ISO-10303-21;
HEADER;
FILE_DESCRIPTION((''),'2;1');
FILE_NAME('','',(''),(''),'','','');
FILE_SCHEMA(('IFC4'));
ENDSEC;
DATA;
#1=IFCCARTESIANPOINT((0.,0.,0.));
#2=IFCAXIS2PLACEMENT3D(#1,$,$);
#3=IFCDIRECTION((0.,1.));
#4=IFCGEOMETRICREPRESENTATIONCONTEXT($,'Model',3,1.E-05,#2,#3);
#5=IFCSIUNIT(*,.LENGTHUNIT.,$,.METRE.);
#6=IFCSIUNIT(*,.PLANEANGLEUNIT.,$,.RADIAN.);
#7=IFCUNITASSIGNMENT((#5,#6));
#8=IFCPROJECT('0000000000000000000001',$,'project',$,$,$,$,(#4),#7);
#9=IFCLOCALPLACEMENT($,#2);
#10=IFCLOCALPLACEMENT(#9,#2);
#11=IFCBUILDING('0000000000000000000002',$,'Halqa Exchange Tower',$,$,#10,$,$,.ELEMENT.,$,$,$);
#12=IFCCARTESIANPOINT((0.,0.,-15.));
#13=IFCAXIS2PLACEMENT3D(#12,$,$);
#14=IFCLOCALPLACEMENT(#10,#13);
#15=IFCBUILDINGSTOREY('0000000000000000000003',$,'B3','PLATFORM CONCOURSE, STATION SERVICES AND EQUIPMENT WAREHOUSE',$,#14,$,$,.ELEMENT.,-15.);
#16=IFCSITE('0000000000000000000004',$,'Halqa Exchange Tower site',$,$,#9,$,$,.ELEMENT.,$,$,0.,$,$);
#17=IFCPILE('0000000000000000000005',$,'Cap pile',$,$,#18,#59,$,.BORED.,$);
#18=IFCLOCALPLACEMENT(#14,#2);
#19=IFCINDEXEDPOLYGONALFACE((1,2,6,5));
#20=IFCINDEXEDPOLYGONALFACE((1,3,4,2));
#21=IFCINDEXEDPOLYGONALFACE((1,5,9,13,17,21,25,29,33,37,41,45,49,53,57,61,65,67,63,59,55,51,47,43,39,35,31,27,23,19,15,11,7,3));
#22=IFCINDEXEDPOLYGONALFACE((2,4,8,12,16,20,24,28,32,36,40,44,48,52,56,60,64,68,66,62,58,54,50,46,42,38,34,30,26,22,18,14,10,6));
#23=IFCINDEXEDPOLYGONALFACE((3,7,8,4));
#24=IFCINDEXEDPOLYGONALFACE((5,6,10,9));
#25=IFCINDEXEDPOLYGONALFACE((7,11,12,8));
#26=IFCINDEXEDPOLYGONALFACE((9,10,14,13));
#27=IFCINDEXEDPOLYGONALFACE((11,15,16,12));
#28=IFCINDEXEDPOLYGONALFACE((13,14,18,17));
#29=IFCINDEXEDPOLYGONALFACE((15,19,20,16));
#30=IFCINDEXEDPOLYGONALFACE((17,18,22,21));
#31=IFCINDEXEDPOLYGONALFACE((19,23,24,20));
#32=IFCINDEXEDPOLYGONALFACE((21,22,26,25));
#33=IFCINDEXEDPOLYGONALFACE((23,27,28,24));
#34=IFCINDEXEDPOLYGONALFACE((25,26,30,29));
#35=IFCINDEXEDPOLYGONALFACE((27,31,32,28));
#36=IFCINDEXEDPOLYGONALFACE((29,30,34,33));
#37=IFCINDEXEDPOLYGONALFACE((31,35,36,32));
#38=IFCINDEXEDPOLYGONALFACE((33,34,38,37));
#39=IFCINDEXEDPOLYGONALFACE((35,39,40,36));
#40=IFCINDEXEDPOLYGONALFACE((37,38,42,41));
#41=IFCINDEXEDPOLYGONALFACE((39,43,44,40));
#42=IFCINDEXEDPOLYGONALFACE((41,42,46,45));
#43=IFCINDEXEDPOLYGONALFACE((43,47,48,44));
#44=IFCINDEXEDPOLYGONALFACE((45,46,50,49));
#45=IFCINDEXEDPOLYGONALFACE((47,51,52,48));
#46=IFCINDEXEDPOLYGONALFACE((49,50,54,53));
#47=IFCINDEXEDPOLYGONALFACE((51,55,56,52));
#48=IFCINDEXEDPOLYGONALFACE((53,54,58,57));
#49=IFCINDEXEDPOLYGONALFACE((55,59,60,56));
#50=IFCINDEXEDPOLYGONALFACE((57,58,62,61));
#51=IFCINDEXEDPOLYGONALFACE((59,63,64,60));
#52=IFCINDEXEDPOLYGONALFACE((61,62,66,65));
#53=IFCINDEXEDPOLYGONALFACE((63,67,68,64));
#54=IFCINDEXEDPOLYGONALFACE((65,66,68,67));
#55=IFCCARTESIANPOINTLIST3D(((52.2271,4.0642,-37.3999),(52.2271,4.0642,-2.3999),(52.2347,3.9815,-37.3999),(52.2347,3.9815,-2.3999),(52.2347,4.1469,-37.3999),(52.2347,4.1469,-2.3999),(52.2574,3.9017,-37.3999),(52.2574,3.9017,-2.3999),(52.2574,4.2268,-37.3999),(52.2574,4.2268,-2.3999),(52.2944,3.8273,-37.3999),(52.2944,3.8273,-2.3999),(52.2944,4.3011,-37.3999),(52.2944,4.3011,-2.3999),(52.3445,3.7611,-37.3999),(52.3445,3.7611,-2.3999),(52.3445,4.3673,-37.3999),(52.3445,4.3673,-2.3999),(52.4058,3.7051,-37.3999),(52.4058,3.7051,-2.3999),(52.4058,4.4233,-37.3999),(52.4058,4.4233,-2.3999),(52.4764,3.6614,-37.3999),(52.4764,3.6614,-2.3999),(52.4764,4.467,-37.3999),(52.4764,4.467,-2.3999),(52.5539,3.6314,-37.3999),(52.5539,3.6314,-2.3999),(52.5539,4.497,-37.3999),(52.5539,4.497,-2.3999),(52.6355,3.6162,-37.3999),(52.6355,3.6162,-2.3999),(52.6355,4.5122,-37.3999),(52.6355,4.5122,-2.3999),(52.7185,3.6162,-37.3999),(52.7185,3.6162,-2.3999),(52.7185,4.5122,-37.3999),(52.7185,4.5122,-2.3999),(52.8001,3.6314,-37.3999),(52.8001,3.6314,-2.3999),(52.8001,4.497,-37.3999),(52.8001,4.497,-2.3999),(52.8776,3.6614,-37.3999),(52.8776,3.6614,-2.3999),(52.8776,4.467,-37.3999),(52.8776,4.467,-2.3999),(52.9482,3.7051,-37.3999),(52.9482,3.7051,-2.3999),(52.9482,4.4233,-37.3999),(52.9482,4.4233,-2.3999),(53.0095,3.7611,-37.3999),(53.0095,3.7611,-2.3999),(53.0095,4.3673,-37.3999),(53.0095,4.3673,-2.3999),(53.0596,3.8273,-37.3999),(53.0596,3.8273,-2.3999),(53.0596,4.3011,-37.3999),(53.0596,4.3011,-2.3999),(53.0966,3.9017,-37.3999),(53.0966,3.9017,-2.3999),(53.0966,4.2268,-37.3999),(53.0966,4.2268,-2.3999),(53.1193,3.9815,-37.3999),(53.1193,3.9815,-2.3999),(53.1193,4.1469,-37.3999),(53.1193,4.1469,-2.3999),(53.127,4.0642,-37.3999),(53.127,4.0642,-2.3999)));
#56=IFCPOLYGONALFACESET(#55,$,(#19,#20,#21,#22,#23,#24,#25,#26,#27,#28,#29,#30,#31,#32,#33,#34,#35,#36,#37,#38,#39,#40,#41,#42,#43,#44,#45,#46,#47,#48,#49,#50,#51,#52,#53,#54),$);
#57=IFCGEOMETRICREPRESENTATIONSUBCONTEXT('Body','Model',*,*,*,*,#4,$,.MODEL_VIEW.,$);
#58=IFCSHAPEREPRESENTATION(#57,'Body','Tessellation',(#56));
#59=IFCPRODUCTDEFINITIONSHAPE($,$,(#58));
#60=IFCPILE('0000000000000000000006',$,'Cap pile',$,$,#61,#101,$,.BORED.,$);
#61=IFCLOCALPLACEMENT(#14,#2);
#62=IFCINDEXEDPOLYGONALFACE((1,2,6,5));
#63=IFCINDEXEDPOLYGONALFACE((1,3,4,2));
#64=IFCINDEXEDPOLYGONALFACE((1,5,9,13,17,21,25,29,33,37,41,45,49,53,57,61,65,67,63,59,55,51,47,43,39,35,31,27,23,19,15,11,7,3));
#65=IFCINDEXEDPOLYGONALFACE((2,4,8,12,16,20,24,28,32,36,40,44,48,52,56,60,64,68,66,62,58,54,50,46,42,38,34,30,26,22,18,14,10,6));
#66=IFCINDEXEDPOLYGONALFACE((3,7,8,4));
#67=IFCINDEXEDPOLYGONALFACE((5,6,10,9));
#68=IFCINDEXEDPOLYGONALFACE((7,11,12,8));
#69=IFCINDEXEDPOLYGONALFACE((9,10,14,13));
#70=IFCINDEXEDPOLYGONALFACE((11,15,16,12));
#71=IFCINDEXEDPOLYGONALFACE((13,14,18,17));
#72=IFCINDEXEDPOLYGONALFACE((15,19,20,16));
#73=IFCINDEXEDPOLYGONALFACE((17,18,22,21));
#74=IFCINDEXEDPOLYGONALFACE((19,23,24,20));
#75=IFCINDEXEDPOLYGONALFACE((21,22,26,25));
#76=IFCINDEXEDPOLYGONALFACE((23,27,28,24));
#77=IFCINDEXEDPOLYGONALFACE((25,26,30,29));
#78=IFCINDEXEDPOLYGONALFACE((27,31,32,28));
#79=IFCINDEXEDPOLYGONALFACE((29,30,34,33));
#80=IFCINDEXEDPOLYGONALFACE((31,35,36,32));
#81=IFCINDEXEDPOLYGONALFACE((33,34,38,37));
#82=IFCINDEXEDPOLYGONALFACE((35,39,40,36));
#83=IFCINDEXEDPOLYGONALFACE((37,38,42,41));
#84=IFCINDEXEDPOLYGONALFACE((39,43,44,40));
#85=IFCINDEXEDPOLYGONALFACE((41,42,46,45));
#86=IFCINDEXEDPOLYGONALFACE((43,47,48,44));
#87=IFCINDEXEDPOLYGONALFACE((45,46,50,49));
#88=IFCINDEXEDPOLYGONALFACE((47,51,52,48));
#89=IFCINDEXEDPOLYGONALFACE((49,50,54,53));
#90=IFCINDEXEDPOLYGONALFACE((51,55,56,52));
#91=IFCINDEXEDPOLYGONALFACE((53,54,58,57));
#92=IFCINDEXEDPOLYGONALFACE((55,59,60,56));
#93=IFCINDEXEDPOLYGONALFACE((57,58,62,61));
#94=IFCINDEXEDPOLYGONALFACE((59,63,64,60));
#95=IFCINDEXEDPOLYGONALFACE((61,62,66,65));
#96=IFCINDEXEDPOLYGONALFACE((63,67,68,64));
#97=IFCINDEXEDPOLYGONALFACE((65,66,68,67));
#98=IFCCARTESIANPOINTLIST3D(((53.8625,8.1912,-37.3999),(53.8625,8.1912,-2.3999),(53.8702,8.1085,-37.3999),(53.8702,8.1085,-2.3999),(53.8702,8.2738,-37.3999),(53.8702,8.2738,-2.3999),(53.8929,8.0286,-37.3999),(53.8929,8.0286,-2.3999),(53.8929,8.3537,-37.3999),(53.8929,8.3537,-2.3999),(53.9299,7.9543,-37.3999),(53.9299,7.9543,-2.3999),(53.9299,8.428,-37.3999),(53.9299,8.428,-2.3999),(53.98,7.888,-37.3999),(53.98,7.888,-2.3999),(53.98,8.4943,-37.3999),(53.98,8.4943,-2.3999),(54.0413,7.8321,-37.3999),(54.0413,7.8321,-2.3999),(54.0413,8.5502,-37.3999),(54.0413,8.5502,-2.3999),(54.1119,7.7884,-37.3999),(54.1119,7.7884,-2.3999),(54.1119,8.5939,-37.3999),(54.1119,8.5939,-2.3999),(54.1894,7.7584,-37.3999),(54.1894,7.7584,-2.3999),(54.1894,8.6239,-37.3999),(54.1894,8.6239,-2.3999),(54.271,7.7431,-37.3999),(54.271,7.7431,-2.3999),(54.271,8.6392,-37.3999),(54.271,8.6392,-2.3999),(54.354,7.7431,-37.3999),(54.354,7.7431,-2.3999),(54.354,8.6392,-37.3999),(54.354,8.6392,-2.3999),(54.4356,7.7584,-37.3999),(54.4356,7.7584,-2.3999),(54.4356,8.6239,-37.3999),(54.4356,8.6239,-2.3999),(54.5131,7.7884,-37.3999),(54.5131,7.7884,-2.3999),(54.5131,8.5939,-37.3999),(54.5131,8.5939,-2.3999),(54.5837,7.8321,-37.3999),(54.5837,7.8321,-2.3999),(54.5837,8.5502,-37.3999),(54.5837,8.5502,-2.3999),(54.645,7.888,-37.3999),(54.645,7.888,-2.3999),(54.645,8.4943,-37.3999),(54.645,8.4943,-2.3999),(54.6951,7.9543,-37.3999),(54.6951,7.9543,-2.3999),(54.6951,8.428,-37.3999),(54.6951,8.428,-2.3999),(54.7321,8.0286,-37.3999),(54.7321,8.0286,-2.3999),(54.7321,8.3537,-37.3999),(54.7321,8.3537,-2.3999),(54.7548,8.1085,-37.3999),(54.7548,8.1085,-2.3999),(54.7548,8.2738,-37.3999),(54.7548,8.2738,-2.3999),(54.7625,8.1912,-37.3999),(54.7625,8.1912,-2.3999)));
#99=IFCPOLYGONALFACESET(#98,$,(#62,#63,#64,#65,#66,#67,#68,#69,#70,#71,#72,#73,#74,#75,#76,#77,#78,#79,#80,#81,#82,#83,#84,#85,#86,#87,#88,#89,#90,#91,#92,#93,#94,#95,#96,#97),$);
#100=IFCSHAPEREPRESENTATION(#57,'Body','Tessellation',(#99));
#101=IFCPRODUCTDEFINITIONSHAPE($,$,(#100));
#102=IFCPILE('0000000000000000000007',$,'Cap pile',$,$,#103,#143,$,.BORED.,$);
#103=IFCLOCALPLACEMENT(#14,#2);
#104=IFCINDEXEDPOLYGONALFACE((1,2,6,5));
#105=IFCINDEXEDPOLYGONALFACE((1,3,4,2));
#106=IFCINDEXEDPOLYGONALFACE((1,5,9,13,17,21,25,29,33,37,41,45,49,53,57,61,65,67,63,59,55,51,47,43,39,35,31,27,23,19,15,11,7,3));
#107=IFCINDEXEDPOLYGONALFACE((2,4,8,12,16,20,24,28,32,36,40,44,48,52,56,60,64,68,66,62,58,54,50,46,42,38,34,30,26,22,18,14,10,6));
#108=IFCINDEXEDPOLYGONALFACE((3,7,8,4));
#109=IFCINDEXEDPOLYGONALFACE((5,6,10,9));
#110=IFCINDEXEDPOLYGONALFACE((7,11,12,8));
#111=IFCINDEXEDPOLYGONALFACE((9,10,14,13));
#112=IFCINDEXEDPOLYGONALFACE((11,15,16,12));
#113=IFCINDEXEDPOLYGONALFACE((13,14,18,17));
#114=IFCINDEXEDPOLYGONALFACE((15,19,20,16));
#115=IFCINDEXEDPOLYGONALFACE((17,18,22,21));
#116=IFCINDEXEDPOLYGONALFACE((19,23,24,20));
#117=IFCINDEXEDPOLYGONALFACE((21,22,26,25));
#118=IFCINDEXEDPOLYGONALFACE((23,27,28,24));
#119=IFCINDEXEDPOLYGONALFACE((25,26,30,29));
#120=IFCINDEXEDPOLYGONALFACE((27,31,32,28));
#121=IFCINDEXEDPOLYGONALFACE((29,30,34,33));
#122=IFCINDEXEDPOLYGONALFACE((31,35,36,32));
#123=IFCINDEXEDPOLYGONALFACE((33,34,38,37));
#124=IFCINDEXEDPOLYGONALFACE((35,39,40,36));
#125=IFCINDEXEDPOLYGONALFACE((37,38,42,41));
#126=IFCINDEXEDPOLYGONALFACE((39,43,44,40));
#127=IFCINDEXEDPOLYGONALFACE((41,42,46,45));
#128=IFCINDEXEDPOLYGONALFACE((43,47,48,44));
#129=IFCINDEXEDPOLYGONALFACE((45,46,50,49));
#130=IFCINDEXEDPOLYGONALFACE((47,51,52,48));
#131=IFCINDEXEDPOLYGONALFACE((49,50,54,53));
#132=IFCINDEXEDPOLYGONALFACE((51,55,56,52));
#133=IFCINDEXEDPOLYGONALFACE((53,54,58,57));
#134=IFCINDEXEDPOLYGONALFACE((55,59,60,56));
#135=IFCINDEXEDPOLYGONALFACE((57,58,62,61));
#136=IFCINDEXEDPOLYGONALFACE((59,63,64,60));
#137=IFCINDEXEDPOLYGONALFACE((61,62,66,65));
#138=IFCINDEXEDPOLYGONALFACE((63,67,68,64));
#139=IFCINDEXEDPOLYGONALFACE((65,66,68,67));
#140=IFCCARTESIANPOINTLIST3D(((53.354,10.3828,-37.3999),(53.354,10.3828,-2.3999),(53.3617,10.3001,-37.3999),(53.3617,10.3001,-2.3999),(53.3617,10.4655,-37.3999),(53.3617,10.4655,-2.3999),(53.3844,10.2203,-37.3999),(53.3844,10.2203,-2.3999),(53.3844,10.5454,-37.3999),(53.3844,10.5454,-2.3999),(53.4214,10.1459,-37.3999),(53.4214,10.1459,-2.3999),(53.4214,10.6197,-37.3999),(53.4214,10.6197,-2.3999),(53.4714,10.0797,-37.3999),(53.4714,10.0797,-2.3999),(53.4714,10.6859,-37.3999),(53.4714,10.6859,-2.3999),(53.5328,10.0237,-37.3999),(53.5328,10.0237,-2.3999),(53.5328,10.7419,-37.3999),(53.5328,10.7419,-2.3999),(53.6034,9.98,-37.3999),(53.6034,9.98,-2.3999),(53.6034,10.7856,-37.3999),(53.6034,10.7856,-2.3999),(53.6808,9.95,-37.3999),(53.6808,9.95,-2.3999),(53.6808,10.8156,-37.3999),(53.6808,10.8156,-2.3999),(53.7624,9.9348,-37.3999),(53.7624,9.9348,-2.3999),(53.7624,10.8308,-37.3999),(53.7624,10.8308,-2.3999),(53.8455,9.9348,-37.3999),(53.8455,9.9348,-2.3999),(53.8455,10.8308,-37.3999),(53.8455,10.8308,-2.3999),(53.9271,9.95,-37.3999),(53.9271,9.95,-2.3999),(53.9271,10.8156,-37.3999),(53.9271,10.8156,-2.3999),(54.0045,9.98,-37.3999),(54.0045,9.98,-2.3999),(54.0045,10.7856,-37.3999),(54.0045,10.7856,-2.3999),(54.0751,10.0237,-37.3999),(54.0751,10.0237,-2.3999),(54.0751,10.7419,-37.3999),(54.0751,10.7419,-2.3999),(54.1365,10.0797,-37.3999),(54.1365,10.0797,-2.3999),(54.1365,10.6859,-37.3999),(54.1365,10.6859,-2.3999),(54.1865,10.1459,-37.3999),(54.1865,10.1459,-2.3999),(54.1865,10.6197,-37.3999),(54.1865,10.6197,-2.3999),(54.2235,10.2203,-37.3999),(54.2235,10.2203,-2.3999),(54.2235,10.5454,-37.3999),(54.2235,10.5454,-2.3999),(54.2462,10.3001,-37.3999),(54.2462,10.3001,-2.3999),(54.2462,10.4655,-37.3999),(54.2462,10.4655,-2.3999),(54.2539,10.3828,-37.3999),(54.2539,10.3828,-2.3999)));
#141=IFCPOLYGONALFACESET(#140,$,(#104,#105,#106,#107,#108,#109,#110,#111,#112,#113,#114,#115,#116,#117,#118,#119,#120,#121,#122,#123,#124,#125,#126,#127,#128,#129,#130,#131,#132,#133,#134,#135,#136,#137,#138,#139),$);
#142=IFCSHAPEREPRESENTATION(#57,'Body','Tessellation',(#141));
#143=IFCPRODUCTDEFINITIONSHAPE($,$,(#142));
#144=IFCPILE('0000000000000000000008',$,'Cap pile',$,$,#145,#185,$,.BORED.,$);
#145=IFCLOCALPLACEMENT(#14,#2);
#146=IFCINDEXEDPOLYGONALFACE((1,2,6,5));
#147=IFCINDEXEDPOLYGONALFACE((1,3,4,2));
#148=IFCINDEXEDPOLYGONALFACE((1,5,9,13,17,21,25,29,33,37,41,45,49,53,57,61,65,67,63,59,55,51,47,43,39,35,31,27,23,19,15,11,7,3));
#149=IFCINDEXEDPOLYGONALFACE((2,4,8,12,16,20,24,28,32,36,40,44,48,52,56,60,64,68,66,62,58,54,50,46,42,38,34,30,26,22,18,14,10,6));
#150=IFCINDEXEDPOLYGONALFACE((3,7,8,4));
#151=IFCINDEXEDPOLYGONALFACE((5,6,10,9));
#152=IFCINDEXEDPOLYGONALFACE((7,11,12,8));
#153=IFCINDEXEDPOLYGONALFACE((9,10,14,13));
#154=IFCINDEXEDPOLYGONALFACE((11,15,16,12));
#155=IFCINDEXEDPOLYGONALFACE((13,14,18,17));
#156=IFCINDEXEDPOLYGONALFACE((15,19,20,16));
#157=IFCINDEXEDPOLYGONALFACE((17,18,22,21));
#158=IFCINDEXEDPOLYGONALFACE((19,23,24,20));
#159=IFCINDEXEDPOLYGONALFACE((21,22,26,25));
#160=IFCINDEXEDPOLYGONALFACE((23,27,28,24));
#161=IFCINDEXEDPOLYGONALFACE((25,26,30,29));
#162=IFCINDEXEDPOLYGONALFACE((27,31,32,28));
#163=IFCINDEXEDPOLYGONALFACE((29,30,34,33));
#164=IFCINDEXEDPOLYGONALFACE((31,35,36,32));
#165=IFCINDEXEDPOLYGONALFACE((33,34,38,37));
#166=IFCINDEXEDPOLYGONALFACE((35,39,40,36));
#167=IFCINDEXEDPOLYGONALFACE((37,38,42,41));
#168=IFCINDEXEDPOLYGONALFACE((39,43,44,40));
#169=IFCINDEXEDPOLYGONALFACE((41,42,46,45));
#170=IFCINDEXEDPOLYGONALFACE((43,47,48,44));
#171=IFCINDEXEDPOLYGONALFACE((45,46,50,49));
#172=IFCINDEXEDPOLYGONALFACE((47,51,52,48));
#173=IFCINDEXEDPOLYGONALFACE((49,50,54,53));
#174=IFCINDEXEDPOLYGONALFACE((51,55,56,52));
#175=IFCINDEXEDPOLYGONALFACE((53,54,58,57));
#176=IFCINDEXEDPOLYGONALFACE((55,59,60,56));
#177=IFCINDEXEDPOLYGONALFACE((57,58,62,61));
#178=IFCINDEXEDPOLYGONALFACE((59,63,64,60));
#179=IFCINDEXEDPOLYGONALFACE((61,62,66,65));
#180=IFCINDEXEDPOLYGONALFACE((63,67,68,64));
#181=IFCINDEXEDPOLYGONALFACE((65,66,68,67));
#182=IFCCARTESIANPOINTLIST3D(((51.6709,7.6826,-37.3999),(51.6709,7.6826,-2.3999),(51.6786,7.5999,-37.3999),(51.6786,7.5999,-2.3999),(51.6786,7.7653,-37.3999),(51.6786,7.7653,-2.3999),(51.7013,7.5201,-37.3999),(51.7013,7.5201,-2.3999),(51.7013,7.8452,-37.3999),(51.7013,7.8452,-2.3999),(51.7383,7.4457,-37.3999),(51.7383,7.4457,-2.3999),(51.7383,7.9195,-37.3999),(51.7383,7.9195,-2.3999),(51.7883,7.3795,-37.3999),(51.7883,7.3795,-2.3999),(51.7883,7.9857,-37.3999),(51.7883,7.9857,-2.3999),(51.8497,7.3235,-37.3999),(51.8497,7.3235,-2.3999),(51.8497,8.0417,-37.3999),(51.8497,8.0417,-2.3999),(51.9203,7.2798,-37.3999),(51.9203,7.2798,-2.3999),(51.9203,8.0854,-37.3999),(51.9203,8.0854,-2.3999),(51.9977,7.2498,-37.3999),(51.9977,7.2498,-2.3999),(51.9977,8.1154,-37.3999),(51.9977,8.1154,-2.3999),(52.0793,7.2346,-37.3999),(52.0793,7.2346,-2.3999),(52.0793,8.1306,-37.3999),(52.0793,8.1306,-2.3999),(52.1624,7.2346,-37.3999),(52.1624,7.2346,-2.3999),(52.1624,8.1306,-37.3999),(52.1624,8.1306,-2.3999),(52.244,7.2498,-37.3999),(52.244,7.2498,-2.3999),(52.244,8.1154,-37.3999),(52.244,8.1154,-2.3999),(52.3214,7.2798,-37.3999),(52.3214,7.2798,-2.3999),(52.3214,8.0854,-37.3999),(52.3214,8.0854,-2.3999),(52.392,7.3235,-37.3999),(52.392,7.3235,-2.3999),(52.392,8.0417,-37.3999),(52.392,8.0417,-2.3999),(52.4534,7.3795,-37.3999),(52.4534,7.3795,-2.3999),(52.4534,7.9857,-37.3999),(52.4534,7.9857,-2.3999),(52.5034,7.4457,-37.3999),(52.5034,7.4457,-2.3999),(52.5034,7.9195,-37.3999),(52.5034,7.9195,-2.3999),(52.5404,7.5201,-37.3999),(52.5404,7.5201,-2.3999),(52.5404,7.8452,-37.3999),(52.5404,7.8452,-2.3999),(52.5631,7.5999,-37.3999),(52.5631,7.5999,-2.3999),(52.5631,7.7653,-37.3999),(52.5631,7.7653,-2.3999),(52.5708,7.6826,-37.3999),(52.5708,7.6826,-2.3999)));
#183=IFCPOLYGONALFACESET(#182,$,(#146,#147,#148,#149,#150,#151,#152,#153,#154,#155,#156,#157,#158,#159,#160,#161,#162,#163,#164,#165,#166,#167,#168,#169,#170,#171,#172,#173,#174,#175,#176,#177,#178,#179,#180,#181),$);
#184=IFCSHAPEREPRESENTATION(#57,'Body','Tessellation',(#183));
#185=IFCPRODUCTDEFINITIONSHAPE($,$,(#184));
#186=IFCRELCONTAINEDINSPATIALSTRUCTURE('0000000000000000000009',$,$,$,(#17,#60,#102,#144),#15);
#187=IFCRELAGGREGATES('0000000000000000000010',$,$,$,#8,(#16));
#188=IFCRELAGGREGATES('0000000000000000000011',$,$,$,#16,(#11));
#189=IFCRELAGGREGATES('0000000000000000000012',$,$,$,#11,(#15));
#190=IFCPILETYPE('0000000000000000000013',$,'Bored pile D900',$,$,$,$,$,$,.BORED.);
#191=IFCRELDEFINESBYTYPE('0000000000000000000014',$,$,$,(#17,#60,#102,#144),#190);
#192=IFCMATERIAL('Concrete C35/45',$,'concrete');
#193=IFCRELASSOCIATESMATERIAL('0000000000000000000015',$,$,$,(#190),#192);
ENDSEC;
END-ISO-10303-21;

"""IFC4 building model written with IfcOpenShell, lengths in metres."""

from ifc_helpers import new_model, si_unit, direction, frame, origin, origin_2d, place, context, subcontext, project, spatial, circle, extrude, material, material_profile, profile_set, type_object, element, save


model = new_model("IFC4")

# Units and contexts
model_context = context("Model", 3, precision=1e-05, world=origin(), true_north=direction((0.0, 1.0)))
body_context = subcontext(model_context, "Body", "Model", "MODEL_VIEW")
ifc_project = project(units=[si_unit("LENGTHUNIT", "METRE"), si_unit("PLANEANGLEUNIT", "RADIAN")], contexts=[model_context])

# Site, building, storey
site_placement = place(None, origin())
site = spatial("IfcSite", under=ifc_project, at=site_placement, Name="Halqa Exchange Tower site", CompositionType="ELEMENT", RefElevation=0.0)
building_placement = place(site_placement, origin())
building = spatial("IfcBuilding", under=site, at=building_placement, Name="Halqa Exchange Tower", CompositionType="ELEMENT")
storey_placement = place(building_placement, frame((0.0, 0.0, -15.0)))
storey = spatial("IfcBuildingStorey", under=building, at=storey_placement, Name="B3", Description="PLATFORM CONCOURSE, STATION SERVICES AND EQUIPMENT WAREHOUSE", CompositionType="ELEMENT", Elevation=-15.0)

# Piles
ifc_material_1 = material(Name="Concrete C35/45", Category="concrete")
ifc_material_profile_1 = material_profile(ifc_material_1, circle(Radius=0.45, at=origin_2d()), Name="D900")
ifc_profile_set_1 = profile_set([ifc_material_profile_1], Name="Concrete C35/45")
pile_type_1 = type_object("IfcPileType", Name="Bored pile D900", PredefinedType="BORED", material=ifc_profile_set_1)
for number, where, z_axis, x_axis, name in (
    (1, (52.677, 4.0642, -2.3999), (0.0, 0.0, -1.0), (1.0, 0.0, 0.0), "Cap pile"),
    (2, (54.3125, 8.1912, -2.3999), (0.0, 0.0, -1.0), (1.0, 0.0, 0.0), "Cap pile"),
    (3, (53.804, 10.3828, -2.3999), (0.0, 0.0, -1.0), (1.0, 0.0, 0.0), "Cap pile"),
    (4, (52.1208, 7.6826, -2.3999), (0.0, 0.0, -1.0), (1.0, 0.0, 0.0), "Cap pile"),
):
    element("IfcPile", number, at=place(storey_placement, frame(where, z_axis=z_axis, x_axis=x_axis)), inside=storey, type_object=pile_type_1, Name=name, PredefinedType="BORED", context=body_context, shape_type="SweptSolid", body=[
        extrude(circle(Radius=0.45, at=origin_2d()), origin(), (0.0, 0.0, 1.0), 35.0),
    ])

save(model, "model.ifc")
